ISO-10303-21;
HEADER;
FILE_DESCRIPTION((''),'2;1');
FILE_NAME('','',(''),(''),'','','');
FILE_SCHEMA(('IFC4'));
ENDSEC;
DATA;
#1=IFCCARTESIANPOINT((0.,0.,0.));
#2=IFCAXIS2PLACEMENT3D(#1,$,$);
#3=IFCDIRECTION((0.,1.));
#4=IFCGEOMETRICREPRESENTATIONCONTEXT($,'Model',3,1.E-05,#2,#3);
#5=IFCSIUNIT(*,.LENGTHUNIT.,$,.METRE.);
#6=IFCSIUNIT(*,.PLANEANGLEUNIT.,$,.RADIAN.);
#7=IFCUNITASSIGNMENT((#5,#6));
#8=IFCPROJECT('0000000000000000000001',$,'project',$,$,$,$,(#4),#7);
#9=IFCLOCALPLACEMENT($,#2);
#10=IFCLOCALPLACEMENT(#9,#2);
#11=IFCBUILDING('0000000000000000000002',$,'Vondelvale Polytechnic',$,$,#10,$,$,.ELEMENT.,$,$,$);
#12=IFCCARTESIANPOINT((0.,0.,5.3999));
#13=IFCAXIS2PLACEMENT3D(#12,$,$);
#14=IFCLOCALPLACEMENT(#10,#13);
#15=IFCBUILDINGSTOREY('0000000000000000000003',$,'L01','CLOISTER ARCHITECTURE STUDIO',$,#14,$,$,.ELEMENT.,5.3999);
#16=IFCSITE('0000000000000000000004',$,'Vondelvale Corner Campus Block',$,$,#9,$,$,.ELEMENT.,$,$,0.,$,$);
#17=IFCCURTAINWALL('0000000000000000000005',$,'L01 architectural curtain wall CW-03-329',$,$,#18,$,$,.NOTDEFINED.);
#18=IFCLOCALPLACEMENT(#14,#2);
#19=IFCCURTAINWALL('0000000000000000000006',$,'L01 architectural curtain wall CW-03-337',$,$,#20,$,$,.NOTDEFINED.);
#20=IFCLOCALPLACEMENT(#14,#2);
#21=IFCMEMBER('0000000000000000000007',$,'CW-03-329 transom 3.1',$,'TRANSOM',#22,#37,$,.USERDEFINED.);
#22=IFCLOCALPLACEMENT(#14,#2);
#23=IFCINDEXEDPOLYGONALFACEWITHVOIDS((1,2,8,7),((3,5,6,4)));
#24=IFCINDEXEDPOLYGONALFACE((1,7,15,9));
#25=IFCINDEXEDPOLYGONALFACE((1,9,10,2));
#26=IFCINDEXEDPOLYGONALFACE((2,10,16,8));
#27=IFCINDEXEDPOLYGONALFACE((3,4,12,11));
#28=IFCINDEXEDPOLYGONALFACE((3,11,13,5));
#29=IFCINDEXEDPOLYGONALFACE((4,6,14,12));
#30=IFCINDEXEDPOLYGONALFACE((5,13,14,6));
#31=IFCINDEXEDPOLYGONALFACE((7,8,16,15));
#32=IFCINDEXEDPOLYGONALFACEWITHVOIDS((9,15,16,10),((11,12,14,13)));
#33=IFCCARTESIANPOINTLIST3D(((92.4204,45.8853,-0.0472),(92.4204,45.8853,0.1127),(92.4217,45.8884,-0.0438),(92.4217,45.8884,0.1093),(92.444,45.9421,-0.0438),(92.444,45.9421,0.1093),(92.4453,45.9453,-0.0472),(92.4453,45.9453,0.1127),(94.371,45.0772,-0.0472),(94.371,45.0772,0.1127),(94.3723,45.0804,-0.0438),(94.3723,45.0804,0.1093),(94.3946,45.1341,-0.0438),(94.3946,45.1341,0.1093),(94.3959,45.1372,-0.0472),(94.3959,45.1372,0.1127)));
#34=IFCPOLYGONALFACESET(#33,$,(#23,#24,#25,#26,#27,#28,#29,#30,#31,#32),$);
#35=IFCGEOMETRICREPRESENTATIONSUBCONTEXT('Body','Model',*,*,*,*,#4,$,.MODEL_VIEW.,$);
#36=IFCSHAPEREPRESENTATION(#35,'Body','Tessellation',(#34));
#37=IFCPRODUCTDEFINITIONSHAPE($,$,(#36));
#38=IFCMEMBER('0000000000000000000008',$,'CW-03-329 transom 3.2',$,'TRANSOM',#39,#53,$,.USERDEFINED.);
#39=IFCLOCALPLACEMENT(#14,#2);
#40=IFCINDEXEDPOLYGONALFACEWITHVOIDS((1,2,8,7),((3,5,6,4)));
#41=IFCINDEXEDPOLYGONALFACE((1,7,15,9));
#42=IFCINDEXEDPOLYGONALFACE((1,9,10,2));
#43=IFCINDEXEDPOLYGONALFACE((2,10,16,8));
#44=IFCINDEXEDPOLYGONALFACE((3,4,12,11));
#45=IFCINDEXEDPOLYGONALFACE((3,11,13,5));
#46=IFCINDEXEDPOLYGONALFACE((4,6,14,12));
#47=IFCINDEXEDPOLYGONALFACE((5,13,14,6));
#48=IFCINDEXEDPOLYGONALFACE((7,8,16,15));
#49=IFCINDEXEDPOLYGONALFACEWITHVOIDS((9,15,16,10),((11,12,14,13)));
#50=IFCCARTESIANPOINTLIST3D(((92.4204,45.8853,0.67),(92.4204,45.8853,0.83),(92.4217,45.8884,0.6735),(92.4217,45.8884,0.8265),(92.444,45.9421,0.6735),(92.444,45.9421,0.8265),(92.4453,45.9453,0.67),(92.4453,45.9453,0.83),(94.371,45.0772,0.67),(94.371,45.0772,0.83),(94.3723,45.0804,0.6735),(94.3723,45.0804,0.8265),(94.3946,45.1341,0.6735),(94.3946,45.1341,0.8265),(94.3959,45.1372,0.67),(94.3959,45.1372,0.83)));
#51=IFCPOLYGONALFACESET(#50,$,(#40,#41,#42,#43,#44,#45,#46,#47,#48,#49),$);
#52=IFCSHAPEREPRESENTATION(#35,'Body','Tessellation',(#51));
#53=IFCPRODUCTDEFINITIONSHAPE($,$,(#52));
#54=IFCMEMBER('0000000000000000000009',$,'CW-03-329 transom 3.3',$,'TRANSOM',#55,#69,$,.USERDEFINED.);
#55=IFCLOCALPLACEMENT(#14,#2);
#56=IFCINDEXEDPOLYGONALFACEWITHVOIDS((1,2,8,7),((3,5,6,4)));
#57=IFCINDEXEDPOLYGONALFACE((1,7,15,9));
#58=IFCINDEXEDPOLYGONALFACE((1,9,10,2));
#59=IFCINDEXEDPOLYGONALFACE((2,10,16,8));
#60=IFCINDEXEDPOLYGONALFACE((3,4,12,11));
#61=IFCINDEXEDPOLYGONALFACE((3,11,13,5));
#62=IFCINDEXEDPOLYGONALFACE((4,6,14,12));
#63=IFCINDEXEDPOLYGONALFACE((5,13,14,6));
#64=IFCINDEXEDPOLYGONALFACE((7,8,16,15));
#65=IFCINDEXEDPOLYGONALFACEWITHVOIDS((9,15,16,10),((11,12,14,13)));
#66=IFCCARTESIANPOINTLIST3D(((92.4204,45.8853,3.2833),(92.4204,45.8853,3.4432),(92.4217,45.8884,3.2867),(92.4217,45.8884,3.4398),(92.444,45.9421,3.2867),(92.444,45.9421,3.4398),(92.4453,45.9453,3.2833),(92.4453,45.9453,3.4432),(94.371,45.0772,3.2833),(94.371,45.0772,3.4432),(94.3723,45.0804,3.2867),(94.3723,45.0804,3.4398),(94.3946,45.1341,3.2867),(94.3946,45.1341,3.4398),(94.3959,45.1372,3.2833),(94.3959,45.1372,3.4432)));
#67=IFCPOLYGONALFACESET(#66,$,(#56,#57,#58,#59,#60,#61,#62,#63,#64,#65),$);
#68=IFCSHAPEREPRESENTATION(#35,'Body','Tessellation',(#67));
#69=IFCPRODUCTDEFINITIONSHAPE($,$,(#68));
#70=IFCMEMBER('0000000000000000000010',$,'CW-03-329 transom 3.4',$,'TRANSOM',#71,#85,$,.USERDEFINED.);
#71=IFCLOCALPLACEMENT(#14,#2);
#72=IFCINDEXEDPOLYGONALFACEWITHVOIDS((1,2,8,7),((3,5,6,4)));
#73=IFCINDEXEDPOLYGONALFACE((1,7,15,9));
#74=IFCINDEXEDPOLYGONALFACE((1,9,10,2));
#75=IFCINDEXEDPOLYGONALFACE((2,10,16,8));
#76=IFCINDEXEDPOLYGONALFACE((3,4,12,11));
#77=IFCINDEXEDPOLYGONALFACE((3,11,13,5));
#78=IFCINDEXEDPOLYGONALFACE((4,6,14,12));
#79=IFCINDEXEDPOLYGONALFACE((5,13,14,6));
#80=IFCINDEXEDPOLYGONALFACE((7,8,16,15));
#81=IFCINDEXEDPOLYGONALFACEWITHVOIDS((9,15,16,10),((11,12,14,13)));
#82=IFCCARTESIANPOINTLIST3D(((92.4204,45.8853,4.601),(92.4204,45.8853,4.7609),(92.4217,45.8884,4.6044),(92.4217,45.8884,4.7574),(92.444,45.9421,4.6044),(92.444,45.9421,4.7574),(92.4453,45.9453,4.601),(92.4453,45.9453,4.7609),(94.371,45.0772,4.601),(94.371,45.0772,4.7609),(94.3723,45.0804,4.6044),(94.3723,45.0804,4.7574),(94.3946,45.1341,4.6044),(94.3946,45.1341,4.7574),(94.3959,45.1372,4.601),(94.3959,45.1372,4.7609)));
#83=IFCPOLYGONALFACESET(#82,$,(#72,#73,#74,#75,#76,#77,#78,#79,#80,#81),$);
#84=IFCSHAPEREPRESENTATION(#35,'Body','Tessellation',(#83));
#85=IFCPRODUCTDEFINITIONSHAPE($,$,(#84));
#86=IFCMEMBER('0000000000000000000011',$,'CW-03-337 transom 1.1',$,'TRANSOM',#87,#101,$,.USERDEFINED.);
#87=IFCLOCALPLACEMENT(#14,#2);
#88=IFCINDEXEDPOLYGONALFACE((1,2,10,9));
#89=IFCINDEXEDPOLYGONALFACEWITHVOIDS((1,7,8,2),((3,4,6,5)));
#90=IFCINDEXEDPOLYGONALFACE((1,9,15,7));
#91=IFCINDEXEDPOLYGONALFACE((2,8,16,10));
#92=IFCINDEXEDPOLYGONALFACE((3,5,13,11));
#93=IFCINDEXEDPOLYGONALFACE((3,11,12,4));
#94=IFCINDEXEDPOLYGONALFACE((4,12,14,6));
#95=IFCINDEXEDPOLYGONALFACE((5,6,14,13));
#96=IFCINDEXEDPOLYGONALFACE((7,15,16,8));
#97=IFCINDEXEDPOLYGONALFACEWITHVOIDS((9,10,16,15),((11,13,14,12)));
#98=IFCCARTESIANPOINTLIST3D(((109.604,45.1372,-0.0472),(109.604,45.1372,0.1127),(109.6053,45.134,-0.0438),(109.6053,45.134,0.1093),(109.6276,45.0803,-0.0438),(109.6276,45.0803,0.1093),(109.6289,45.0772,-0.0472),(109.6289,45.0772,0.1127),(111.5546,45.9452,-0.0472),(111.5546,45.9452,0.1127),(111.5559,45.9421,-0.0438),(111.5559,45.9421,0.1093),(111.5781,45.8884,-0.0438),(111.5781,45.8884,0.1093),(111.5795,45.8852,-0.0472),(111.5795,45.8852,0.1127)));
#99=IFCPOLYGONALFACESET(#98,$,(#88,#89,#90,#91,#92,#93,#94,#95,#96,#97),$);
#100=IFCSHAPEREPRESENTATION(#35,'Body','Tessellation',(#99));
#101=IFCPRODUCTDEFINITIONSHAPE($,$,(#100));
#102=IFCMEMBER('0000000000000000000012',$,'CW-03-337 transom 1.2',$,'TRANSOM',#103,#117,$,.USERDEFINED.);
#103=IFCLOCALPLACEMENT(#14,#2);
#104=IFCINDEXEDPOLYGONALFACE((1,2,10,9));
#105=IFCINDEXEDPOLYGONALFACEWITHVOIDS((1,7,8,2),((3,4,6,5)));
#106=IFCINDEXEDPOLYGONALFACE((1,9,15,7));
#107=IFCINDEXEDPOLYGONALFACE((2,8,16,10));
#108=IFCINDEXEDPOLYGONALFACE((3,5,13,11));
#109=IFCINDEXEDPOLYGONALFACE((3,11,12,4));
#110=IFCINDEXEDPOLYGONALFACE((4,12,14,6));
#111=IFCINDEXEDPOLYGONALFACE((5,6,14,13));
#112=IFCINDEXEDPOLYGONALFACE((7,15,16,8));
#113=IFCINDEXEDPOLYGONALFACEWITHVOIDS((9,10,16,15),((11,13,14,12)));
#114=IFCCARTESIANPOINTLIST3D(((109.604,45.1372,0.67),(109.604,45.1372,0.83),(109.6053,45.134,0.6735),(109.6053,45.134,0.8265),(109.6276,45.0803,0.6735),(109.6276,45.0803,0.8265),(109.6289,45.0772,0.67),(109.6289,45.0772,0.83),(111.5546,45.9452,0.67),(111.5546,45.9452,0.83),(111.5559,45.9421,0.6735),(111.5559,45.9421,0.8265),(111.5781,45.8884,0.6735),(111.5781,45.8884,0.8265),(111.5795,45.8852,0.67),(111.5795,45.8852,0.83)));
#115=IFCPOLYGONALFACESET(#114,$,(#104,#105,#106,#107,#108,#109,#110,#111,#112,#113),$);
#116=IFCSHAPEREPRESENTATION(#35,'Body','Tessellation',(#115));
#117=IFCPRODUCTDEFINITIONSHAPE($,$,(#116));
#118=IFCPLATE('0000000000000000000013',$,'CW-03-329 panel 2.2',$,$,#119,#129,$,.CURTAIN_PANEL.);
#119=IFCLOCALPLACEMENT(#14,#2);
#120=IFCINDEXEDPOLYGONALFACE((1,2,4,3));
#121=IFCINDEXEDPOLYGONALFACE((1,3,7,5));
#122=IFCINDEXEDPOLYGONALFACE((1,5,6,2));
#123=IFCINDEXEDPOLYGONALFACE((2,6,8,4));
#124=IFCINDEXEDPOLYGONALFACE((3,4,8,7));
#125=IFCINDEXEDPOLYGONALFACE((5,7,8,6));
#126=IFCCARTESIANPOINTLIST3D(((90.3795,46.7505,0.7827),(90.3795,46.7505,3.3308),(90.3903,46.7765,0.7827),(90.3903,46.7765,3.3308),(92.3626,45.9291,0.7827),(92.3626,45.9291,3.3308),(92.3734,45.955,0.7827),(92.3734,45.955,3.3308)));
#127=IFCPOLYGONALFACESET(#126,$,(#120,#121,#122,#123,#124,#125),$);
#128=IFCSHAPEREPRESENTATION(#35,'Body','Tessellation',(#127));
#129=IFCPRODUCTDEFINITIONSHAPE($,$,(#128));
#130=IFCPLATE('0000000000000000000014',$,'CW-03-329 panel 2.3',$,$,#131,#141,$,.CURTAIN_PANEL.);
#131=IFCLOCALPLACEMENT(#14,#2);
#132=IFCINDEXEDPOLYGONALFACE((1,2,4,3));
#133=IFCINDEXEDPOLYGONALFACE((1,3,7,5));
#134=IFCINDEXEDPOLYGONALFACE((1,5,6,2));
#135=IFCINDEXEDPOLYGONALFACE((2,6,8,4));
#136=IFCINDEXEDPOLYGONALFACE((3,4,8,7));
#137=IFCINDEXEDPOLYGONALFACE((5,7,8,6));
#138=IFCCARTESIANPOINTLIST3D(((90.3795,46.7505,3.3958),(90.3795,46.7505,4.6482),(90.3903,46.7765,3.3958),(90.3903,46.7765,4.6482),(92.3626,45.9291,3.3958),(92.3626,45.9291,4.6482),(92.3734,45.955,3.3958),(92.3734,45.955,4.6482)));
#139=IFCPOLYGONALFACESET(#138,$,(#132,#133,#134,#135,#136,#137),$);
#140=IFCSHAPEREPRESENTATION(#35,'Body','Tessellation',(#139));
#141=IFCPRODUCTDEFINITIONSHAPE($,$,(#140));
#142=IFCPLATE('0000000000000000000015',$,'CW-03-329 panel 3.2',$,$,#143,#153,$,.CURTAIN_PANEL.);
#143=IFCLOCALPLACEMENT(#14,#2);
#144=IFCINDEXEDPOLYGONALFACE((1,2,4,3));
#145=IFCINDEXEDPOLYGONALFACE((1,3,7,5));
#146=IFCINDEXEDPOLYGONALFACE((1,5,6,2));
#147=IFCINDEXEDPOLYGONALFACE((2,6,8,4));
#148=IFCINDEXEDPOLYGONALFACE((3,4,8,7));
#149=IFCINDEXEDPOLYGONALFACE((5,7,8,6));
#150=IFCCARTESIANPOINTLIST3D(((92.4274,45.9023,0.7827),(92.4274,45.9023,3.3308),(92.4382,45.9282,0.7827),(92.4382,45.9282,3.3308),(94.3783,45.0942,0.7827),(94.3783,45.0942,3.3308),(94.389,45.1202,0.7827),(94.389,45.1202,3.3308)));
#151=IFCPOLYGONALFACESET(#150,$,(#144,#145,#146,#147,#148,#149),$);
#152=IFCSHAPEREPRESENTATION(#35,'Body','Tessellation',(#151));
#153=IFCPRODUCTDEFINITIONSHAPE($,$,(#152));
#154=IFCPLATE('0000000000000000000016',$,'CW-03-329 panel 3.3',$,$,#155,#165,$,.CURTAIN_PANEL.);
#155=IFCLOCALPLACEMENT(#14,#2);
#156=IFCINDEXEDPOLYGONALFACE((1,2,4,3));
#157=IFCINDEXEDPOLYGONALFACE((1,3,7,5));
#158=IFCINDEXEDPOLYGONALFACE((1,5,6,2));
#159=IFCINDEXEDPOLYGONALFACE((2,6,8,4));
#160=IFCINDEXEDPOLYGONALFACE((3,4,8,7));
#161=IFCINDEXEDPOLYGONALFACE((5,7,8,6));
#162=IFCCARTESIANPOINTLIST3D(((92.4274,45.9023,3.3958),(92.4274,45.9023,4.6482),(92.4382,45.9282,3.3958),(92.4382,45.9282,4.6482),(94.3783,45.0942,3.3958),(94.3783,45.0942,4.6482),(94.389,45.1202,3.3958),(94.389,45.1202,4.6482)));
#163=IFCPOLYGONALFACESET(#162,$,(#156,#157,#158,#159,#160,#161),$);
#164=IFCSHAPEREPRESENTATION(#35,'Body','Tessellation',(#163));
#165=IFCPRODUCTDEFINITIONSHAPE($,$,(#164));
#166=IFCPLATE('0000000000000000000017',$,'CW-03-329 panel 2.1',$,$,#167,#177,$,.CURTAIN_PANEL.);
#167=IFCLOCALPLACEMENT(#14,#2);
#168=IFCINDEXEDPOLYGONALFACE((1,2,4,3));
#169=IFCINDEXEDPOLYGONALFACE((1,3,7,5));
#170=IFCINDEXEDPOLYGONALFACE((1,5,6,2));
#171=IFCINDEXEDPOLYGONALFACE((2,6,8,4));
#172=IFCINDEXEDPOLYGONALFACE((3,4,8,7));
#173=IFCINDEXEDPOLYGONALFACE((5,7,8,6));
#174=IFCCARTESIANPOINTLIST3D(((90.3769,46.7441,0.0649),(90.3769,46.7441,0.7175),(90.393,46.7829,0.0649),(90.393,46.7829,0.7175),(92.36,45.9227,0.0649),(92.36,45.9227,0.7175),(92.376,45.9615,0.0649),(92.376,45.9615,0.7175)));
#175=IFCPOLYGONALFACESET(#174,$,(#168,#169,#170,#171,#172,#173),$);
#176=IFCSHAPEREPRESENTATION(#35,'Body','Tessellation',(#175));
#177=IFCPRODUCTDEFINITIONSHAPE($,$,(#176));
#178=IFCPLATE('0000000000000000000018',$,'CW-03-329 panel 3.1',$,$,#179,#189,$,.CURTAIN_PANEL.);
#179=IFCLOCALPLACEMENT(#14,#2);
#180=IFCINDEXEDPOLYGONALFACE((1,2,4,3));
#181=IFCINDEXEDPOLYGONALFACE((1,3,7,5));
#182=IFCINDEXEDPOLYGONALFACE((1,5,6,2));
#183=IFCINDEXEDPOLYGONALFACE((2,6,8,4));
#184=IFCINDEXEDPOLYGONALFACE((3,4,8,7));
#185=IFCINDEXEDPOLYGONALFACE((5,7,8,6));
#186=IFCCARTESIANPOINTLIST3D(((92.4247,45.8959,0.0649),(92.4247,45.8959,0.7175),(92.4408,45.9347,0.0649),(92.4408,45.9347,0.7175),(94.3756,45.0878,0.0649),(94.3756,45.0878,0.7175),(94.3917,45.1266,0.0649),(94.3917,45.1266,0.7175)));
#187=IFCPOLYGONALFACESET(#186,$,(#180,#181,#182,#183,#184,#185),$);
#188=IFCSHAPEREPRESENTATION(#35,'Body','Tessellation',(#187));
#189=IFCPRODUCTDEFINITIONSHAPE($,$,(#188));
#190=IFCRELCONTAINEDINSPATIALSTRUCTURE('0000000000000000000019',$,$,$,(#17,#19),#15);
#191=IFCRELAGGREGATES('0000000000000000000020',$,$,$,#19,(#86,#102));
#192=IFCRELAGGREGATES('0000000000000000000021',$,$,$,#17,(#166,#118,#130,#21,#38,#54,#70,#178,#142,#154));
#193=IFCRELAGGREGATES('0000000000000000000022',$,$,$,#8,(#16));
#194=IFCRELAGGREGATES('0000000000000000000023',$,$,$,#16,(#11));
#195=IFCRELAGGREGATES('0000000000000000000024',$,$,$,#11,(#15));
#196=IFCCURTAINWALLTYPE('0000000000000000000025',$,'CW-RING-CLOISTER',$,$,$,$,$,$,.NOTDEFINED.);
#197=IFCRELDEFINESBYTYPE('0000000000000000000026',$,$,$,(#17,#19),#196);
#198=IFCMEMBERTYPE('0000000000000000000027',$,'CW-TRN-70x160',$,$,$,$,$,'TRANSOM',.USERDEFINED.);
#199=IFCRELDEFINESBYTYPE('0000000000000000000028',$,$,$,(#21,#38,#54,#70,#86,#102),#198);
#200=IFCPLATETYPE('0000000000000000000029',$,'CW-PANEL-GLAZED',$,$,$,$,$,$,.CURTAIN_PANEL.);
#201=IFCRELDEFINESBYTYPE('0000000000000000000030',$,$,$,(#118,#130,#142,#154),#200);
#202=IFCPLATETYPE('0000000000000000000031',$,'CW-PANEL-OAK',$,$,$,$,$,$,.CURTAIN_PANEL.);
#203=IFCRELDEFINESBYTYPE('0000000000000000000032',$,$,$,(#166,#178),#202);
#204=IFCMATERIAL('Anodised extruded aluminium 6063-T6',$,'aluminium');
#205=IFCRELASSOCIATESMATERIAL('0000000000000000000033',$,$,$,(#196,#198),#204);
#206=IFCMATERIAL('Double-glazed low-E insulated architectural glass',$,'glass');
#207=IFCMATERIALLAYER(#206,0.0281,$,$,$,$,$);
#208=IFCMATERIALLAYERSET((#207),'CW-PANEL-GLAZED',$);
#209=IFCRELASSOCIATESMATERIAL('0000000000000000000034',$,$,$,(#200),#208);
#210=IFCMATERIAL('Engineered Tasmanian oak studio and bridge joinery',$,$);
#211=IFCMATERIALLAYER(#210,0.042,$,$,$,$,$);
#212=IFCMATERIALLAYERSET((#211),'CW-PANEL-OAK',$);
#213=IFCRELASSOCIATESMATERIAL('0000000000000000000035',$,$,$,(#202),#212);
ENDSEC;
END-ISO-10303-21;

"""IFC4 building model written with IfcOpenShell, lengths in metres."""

from ifc_helpers import new_model, si_unit, direction, frame, origin, origin_2d, place, context, subcontext, project, spatial, rectangle, hollow_rectangle, extrude, material, layer, layer_set, material_profile, profile_set, type_object, element, aggregate, save


model = new_model("IFC4")

# Units and contexts
model_context = context("Model", 3, precision=1e-05, world=origin(), true_north=direction((0.0, 1.0)))
body_context = subcontext(model_context, "Body", "Model", "MODEL_VIEW")
ifc_project = project(units=[si_unit("LENGTHUNIT", "METRE"), si_unit("PLANEANGLEUNIT", "RADIAN")], contexts=[model_context])

# Site, building, storey
site_placement = place(None, origin())
site = spatial("IfcSite", under=ifc_project, at=site_placement, Name="Vondelvale Corner Campus Block", CompositionType="ELEMENT", RefElevation=0.0)
building_placement = place(site_placement, origin())
building = spatial("IfcBuilding", under=site, at=building_placement, Name="Vondelvale Polytechnic", CompositionType="ELEMENT")
storey_placement = place(building_placement, frame((0.0, 0.0, 5.3999)))
storey = spatial("IfcBuildingStorey", under=building, at=storey_placement, Name="L01", Description="CLOISTER ARCHITECTURE STUDIO", CompositionType="ELEMENT", Elevation=5.3999)

# Curtain wall
ifc_material_1 = material(Name="Anodised extruded aluminium 6063-T6", Category="aluminium")
curtain_wall_type = type_object("IfcCurtainWallType", Name="CW-RING-CLOISTER", PredefinedType="NOTDEFINED", material=ifc_material_1)
curtain_wall_1_placement = place(storey_placement, origin())
curtain_wall_1 = element("IfcCurtainWall", 1, at=curtain_wall_1_placement, inside=storey, type_object=curtain_wall_type, Name="L01 architectural curtain wall CW-03-329", PredefinedType="NOTDEFINED")

# Curtain wall
curtain_wall_2_placement = place(storey_placement, origin())
curtain_wall_2 = element("IfcCurtainWall", 2, at=curtain_wall_2_placement, inside=storey, type_object=curtain_wall_type, Name="L01 architectural curtain wall CW-03-337", PredefinedType="NOTDEFINED")

# Members
ifc_material_profile_1 = material_profile(ifc_material_1, hollow_rectangle(XDim=0.0649, YDim=0.1599, WallThickness=0.0034, at=origin_2d()), Name="CW-TRN-160x65")
ifc_profile_set_1 = profile_set([ifc_material_profile_1], Name="Anodised extruded aluminium 6063-T6")
member_type_1 = type_object("IfcMemberType", Name="CW-TRN-70x160", ElementType="TRANSOM", PredefinedType="USERDEFINED", material=ifc_profile_set_1)
member_1_placement = place(storey_placement, frame((92.4329, 45.9153, 0.0327), z_axis=(0.923862, -0.382726, 0.0), x_axis=(0.382726, 0.923862, 0.0)))
member_1 = element("IfcMember", 3, at=member_1_placement, type_object=member_type_1, Name="CW-03-329 transom 3.1", ObjectType="TRANSOM", PredefinedType="USERDEFINED", context=body_context, shape_type="SweptSolid", body=[
    extrude(hollow_rectangle(XDim=0.0649, YDim=0.1599, WallThickness=0.0034, at=origin_2d()), origin(), (0.0, 0.0, 1.0), 2.1113),
])
member_2_placement = place(storey_placement, frame((92.4329, 45.9153, 0.75), z_axis=(0.923862, -0.382726, 0.0), x_axis=(0.382726, 0.923862, 0.0)))
member_2 = element("IfcMember", 4, at=member_2_placement, type_object=member_type_1, Name="CW-03-329 transom 3.2", ObjectType="TRANSOM", PredefinedType="USERDEFINED", context=body_context, shape_type="SweptSolid", body=[
    extrude(hollow_rectangle(XDim=0.0649, YDim=0.1599, WallThickness=0.0034, at=origin_2d()), origin(), (0.0, 0.0, 1.0), 2.1113),
])
member_3_placement = place(storey_placement, frame((92.4329, 45.9153, 3.3633), z_axis=(0.923862, -0.382726, 0.0), x_axis=(0.382726, 0.923862, 0.0)))
member_3 = element("IfcMember", 5, at=member_3_placement, type_object=member_type_1, Name="CW-03-329 transom 3.3", ObjectType="TRANSOM", PredefinedType="USERDEFINED", context=body_context, shape_type="SweptSolid", body=[
    extrude(hollow_rectangle(XDim=0.0649, YDim=0.1599, WallThickness=0.0034, at=origin_2d()), origin(), (0.0, 0.0, 1.0), 2.1113),
])
member_4_placement = place(storey_placement, frame((92.4329, 45.9153, 4.6809), z_axis=(0.923862, -0.382726, 0.0), x_axis=(0.382726, 0.923862, 0.0)))
member_4 = element("IfcMember", 6, at=member_4_placement, type_object=member_type_1, Name="CW-03-329 transom 3.4", ObjectType="TRANSOM", PredefinedType="USERDEFINED", context=body_context, shape_type="SweptSolid", body=[
    extrude(hollow_rectangle(XDim=0.0649, YDim=0.1599, WallThickness=0.0034, at=origin_2d()), origin(), (0.0, 0.0, 1.0), 2.1113),
])
member_5_placement = place(storey_placement, frame((109.6165, 45.1072, 0.0327), z_axis=(0.923862, 0.382726, 0.0), x_axis=(-0.382726, 0.923862, 0.0)))
member_5 = element("IfcMember", 7, at=member_5_placement, type_object=member_type_1, Name="CW-03-337 transom 1.1", ObjectType="TRANSOM", PredefinedType="USERDEFINED", context=body_context, shape_type="SweptSolid", body=[
    extrude(hollow_rectangle(XDim=0.0649, YDim=0.1599, WallThickness=0.0034, at=origin_2d()), origin(), (0.0, 0.0, 1.0), 2.1113),
])
member_6_placement = place(storey_placement, frame((109.6165, 45.1072, 0.75), z_axis=(0.923862, 0.382726, 0.0), x_axis=(-0.382726, 0.923862, 0.0)))
member_6 = element("IfcMember", 8, at=member_6_placement, type_object=member_type_1, Name="CW-03-337 transom 1.2", ObjectType="TRANSOM", PredefinedType="USERDEFINED", context=body_context, shape_type="SweptSolid", body=[
    extrude(hollow_rectangle(XDim=0.0649, YDim=0.1599, WallThickness=0.0034, at=origin_2d()), origin(), (0.0, 0.0, 1.0), 2.1113),
])
aggregate(curtain_wall_2, [member_5, member_6])

# Plates
ifc_material_2 = material(Name="Double-glazed low-E insulated architectural glass", Category="glass")
ifc_layer_1 = layer(ifc_material_2, 0.0281)
ifc_layer_set_1 = layer_set([ifc_layer_1], Name="CW-PANEL-GLAZED")
plate_type_1 = type_object("IfcPlateType", Name="CW-PANEL-GLAZED", PredefinedType="CURTAIN_PANEL", material=ifc_layer_set_1)
plate_1_placement = place(storey_placement, frame((91.3765, 46.3528, 0.7827), z_axis=(0.0, 0.0, 1.0), x_axis=(0.923882, -0.382679, 0.0)))
plate_1 = element("IfcPlate", 9, at=plate_1_placement, type_object=plate_type_1, Name="CW-03-329 panel 2.2", PredefinedType="CURTAIN_PANEL", context=body_context, shape_type="SweptSolid", body=[
    extrude(rectangle(XDim=2.1465, YDim=0.0281, at=origin_2d()), origin(), (0.0, 0.0, 1.0), 2.5481),
])
plate_2_placement = place(storey_placement, frame((91.3765, 46.3528, 3.3958), z_axis=(0.0, 0.0, 1.0), x_axis=(0.923882, -0.382679, 0.0)))
plate_2 = element("IfcPlate", 10, at=plate_2_placement, type_object=plate_type_1, Name="CW-03-329 panel 2.3", PredefinedType="CURTAIN_PANEL", context=body_context, shape_type="SweptSolid", body=[
    extrude(rectangle(XDim=2.1465, YDim=0.0281, at=origin_2d()), origin(), (0.0, 0.0, 1.0), 1.2524),
])
plate_3_placement = place(storey_placement, frame((93.4082, 45.5112, 0.7827), z_axis=(0.0, 0.0, 1.0), x_axis=(0.923882, -0.382679, 0.0)))
plate_3 = element("IfcPlate", 11, at=plate_3_placement, type_object=plate_type_1, Name="CW-03-329 panel 3.2", PredefinedType="CURTAIN_PANEL", context=body_context, shape_type="SweptSolid", body=[
    extrude(rectangle(XDim=2.1116, YDim=0.0281, at=origin_2d()), origin(), (0.0, 0.0, 1.0), 2.5481),
])
plate_4_placement = place(storey_placement, frame((93.4082, 45.5112, 3.3958), z_axis=(0.0, 0.0, 1.0), x_axis=(0.923882, -0.382679, 0.0)))
plate_4 = element("IfcPlate", 12, at=plate_4_placement, type_object=plate_type_1, Name="CW-03-329 panel 3.3", PredefinedType="CURTAIN_PANEL", context=body_context, shape_type="SweptSolid", body=[
    extrude(rectangle(XDim=2.1116, YDim=0.0281, at=origin_2d()), origin(), (0.0, 0.0, 1.0), 1.2524),
])
ifc_material_3 = material(Name="Engineered Tasmanian oak studio and bridge joinery")
ifc_layer_2 = layer(ifc_material_3, 0.042)
ifc_layer_set_2 = layer_set([ifc_layer_2], Name="CW-PANEL-OAK")
plate_type_2 = type_object("IfcPlateType", Name="CW-PANEL-OAK", PredefinedType="CURTAIN_PANEL", material=ifc_layer_set_2)
plate_5_placement = place(storey_placement, frame((91.3765, 46.3528, 0.0649), z_axis=(0.0, 0.0, 1.0), x_axis=(0.923882, -0.382679, 0.0)))
plate_5 = element("IfcPlate", 13, at=plate_5_placement, type_object=plate_type_2, Name="CW-03-329 panel 2.1", PredefinedType="CURTAIN_PANEL", context=body_context, shape_type="SweptSolid", body=[
    extrude(rectangle(XDim=2.1465, YDim=0.042, at=origin_2d()), origin(), (0.0, 0.0, 1.0), 0.6526),
])
plate_6_placement = place(storey_placement, frame((93.4082, 45.5112, 0.0649), z_axis=(0.0, 0.0, 1.0), x_axis=(0.923882, -0.382679, 0.0)))
plate_6 = element("IfcPlate", 14, at=plate_6_placement, type_object=plate_type_2, Name="CW-03-329 panel 3.1", PredefinedType="CURTAIN_PANEL", context=body_context, shape_type="SweptSolid", body=[
    extrude(rectangle(XDim=2.1116, YDim=0.042, at=origin_2d()), origin(), (0.0, 0.0, 1.0), 0.6526),
])
aggregate(curtain_wall_1, [plate_5, plate_1, plate_2, member_1, member_2, member_3, member_4, plate_6, plate_3, plate_4])

save(model, "model.ifc")
